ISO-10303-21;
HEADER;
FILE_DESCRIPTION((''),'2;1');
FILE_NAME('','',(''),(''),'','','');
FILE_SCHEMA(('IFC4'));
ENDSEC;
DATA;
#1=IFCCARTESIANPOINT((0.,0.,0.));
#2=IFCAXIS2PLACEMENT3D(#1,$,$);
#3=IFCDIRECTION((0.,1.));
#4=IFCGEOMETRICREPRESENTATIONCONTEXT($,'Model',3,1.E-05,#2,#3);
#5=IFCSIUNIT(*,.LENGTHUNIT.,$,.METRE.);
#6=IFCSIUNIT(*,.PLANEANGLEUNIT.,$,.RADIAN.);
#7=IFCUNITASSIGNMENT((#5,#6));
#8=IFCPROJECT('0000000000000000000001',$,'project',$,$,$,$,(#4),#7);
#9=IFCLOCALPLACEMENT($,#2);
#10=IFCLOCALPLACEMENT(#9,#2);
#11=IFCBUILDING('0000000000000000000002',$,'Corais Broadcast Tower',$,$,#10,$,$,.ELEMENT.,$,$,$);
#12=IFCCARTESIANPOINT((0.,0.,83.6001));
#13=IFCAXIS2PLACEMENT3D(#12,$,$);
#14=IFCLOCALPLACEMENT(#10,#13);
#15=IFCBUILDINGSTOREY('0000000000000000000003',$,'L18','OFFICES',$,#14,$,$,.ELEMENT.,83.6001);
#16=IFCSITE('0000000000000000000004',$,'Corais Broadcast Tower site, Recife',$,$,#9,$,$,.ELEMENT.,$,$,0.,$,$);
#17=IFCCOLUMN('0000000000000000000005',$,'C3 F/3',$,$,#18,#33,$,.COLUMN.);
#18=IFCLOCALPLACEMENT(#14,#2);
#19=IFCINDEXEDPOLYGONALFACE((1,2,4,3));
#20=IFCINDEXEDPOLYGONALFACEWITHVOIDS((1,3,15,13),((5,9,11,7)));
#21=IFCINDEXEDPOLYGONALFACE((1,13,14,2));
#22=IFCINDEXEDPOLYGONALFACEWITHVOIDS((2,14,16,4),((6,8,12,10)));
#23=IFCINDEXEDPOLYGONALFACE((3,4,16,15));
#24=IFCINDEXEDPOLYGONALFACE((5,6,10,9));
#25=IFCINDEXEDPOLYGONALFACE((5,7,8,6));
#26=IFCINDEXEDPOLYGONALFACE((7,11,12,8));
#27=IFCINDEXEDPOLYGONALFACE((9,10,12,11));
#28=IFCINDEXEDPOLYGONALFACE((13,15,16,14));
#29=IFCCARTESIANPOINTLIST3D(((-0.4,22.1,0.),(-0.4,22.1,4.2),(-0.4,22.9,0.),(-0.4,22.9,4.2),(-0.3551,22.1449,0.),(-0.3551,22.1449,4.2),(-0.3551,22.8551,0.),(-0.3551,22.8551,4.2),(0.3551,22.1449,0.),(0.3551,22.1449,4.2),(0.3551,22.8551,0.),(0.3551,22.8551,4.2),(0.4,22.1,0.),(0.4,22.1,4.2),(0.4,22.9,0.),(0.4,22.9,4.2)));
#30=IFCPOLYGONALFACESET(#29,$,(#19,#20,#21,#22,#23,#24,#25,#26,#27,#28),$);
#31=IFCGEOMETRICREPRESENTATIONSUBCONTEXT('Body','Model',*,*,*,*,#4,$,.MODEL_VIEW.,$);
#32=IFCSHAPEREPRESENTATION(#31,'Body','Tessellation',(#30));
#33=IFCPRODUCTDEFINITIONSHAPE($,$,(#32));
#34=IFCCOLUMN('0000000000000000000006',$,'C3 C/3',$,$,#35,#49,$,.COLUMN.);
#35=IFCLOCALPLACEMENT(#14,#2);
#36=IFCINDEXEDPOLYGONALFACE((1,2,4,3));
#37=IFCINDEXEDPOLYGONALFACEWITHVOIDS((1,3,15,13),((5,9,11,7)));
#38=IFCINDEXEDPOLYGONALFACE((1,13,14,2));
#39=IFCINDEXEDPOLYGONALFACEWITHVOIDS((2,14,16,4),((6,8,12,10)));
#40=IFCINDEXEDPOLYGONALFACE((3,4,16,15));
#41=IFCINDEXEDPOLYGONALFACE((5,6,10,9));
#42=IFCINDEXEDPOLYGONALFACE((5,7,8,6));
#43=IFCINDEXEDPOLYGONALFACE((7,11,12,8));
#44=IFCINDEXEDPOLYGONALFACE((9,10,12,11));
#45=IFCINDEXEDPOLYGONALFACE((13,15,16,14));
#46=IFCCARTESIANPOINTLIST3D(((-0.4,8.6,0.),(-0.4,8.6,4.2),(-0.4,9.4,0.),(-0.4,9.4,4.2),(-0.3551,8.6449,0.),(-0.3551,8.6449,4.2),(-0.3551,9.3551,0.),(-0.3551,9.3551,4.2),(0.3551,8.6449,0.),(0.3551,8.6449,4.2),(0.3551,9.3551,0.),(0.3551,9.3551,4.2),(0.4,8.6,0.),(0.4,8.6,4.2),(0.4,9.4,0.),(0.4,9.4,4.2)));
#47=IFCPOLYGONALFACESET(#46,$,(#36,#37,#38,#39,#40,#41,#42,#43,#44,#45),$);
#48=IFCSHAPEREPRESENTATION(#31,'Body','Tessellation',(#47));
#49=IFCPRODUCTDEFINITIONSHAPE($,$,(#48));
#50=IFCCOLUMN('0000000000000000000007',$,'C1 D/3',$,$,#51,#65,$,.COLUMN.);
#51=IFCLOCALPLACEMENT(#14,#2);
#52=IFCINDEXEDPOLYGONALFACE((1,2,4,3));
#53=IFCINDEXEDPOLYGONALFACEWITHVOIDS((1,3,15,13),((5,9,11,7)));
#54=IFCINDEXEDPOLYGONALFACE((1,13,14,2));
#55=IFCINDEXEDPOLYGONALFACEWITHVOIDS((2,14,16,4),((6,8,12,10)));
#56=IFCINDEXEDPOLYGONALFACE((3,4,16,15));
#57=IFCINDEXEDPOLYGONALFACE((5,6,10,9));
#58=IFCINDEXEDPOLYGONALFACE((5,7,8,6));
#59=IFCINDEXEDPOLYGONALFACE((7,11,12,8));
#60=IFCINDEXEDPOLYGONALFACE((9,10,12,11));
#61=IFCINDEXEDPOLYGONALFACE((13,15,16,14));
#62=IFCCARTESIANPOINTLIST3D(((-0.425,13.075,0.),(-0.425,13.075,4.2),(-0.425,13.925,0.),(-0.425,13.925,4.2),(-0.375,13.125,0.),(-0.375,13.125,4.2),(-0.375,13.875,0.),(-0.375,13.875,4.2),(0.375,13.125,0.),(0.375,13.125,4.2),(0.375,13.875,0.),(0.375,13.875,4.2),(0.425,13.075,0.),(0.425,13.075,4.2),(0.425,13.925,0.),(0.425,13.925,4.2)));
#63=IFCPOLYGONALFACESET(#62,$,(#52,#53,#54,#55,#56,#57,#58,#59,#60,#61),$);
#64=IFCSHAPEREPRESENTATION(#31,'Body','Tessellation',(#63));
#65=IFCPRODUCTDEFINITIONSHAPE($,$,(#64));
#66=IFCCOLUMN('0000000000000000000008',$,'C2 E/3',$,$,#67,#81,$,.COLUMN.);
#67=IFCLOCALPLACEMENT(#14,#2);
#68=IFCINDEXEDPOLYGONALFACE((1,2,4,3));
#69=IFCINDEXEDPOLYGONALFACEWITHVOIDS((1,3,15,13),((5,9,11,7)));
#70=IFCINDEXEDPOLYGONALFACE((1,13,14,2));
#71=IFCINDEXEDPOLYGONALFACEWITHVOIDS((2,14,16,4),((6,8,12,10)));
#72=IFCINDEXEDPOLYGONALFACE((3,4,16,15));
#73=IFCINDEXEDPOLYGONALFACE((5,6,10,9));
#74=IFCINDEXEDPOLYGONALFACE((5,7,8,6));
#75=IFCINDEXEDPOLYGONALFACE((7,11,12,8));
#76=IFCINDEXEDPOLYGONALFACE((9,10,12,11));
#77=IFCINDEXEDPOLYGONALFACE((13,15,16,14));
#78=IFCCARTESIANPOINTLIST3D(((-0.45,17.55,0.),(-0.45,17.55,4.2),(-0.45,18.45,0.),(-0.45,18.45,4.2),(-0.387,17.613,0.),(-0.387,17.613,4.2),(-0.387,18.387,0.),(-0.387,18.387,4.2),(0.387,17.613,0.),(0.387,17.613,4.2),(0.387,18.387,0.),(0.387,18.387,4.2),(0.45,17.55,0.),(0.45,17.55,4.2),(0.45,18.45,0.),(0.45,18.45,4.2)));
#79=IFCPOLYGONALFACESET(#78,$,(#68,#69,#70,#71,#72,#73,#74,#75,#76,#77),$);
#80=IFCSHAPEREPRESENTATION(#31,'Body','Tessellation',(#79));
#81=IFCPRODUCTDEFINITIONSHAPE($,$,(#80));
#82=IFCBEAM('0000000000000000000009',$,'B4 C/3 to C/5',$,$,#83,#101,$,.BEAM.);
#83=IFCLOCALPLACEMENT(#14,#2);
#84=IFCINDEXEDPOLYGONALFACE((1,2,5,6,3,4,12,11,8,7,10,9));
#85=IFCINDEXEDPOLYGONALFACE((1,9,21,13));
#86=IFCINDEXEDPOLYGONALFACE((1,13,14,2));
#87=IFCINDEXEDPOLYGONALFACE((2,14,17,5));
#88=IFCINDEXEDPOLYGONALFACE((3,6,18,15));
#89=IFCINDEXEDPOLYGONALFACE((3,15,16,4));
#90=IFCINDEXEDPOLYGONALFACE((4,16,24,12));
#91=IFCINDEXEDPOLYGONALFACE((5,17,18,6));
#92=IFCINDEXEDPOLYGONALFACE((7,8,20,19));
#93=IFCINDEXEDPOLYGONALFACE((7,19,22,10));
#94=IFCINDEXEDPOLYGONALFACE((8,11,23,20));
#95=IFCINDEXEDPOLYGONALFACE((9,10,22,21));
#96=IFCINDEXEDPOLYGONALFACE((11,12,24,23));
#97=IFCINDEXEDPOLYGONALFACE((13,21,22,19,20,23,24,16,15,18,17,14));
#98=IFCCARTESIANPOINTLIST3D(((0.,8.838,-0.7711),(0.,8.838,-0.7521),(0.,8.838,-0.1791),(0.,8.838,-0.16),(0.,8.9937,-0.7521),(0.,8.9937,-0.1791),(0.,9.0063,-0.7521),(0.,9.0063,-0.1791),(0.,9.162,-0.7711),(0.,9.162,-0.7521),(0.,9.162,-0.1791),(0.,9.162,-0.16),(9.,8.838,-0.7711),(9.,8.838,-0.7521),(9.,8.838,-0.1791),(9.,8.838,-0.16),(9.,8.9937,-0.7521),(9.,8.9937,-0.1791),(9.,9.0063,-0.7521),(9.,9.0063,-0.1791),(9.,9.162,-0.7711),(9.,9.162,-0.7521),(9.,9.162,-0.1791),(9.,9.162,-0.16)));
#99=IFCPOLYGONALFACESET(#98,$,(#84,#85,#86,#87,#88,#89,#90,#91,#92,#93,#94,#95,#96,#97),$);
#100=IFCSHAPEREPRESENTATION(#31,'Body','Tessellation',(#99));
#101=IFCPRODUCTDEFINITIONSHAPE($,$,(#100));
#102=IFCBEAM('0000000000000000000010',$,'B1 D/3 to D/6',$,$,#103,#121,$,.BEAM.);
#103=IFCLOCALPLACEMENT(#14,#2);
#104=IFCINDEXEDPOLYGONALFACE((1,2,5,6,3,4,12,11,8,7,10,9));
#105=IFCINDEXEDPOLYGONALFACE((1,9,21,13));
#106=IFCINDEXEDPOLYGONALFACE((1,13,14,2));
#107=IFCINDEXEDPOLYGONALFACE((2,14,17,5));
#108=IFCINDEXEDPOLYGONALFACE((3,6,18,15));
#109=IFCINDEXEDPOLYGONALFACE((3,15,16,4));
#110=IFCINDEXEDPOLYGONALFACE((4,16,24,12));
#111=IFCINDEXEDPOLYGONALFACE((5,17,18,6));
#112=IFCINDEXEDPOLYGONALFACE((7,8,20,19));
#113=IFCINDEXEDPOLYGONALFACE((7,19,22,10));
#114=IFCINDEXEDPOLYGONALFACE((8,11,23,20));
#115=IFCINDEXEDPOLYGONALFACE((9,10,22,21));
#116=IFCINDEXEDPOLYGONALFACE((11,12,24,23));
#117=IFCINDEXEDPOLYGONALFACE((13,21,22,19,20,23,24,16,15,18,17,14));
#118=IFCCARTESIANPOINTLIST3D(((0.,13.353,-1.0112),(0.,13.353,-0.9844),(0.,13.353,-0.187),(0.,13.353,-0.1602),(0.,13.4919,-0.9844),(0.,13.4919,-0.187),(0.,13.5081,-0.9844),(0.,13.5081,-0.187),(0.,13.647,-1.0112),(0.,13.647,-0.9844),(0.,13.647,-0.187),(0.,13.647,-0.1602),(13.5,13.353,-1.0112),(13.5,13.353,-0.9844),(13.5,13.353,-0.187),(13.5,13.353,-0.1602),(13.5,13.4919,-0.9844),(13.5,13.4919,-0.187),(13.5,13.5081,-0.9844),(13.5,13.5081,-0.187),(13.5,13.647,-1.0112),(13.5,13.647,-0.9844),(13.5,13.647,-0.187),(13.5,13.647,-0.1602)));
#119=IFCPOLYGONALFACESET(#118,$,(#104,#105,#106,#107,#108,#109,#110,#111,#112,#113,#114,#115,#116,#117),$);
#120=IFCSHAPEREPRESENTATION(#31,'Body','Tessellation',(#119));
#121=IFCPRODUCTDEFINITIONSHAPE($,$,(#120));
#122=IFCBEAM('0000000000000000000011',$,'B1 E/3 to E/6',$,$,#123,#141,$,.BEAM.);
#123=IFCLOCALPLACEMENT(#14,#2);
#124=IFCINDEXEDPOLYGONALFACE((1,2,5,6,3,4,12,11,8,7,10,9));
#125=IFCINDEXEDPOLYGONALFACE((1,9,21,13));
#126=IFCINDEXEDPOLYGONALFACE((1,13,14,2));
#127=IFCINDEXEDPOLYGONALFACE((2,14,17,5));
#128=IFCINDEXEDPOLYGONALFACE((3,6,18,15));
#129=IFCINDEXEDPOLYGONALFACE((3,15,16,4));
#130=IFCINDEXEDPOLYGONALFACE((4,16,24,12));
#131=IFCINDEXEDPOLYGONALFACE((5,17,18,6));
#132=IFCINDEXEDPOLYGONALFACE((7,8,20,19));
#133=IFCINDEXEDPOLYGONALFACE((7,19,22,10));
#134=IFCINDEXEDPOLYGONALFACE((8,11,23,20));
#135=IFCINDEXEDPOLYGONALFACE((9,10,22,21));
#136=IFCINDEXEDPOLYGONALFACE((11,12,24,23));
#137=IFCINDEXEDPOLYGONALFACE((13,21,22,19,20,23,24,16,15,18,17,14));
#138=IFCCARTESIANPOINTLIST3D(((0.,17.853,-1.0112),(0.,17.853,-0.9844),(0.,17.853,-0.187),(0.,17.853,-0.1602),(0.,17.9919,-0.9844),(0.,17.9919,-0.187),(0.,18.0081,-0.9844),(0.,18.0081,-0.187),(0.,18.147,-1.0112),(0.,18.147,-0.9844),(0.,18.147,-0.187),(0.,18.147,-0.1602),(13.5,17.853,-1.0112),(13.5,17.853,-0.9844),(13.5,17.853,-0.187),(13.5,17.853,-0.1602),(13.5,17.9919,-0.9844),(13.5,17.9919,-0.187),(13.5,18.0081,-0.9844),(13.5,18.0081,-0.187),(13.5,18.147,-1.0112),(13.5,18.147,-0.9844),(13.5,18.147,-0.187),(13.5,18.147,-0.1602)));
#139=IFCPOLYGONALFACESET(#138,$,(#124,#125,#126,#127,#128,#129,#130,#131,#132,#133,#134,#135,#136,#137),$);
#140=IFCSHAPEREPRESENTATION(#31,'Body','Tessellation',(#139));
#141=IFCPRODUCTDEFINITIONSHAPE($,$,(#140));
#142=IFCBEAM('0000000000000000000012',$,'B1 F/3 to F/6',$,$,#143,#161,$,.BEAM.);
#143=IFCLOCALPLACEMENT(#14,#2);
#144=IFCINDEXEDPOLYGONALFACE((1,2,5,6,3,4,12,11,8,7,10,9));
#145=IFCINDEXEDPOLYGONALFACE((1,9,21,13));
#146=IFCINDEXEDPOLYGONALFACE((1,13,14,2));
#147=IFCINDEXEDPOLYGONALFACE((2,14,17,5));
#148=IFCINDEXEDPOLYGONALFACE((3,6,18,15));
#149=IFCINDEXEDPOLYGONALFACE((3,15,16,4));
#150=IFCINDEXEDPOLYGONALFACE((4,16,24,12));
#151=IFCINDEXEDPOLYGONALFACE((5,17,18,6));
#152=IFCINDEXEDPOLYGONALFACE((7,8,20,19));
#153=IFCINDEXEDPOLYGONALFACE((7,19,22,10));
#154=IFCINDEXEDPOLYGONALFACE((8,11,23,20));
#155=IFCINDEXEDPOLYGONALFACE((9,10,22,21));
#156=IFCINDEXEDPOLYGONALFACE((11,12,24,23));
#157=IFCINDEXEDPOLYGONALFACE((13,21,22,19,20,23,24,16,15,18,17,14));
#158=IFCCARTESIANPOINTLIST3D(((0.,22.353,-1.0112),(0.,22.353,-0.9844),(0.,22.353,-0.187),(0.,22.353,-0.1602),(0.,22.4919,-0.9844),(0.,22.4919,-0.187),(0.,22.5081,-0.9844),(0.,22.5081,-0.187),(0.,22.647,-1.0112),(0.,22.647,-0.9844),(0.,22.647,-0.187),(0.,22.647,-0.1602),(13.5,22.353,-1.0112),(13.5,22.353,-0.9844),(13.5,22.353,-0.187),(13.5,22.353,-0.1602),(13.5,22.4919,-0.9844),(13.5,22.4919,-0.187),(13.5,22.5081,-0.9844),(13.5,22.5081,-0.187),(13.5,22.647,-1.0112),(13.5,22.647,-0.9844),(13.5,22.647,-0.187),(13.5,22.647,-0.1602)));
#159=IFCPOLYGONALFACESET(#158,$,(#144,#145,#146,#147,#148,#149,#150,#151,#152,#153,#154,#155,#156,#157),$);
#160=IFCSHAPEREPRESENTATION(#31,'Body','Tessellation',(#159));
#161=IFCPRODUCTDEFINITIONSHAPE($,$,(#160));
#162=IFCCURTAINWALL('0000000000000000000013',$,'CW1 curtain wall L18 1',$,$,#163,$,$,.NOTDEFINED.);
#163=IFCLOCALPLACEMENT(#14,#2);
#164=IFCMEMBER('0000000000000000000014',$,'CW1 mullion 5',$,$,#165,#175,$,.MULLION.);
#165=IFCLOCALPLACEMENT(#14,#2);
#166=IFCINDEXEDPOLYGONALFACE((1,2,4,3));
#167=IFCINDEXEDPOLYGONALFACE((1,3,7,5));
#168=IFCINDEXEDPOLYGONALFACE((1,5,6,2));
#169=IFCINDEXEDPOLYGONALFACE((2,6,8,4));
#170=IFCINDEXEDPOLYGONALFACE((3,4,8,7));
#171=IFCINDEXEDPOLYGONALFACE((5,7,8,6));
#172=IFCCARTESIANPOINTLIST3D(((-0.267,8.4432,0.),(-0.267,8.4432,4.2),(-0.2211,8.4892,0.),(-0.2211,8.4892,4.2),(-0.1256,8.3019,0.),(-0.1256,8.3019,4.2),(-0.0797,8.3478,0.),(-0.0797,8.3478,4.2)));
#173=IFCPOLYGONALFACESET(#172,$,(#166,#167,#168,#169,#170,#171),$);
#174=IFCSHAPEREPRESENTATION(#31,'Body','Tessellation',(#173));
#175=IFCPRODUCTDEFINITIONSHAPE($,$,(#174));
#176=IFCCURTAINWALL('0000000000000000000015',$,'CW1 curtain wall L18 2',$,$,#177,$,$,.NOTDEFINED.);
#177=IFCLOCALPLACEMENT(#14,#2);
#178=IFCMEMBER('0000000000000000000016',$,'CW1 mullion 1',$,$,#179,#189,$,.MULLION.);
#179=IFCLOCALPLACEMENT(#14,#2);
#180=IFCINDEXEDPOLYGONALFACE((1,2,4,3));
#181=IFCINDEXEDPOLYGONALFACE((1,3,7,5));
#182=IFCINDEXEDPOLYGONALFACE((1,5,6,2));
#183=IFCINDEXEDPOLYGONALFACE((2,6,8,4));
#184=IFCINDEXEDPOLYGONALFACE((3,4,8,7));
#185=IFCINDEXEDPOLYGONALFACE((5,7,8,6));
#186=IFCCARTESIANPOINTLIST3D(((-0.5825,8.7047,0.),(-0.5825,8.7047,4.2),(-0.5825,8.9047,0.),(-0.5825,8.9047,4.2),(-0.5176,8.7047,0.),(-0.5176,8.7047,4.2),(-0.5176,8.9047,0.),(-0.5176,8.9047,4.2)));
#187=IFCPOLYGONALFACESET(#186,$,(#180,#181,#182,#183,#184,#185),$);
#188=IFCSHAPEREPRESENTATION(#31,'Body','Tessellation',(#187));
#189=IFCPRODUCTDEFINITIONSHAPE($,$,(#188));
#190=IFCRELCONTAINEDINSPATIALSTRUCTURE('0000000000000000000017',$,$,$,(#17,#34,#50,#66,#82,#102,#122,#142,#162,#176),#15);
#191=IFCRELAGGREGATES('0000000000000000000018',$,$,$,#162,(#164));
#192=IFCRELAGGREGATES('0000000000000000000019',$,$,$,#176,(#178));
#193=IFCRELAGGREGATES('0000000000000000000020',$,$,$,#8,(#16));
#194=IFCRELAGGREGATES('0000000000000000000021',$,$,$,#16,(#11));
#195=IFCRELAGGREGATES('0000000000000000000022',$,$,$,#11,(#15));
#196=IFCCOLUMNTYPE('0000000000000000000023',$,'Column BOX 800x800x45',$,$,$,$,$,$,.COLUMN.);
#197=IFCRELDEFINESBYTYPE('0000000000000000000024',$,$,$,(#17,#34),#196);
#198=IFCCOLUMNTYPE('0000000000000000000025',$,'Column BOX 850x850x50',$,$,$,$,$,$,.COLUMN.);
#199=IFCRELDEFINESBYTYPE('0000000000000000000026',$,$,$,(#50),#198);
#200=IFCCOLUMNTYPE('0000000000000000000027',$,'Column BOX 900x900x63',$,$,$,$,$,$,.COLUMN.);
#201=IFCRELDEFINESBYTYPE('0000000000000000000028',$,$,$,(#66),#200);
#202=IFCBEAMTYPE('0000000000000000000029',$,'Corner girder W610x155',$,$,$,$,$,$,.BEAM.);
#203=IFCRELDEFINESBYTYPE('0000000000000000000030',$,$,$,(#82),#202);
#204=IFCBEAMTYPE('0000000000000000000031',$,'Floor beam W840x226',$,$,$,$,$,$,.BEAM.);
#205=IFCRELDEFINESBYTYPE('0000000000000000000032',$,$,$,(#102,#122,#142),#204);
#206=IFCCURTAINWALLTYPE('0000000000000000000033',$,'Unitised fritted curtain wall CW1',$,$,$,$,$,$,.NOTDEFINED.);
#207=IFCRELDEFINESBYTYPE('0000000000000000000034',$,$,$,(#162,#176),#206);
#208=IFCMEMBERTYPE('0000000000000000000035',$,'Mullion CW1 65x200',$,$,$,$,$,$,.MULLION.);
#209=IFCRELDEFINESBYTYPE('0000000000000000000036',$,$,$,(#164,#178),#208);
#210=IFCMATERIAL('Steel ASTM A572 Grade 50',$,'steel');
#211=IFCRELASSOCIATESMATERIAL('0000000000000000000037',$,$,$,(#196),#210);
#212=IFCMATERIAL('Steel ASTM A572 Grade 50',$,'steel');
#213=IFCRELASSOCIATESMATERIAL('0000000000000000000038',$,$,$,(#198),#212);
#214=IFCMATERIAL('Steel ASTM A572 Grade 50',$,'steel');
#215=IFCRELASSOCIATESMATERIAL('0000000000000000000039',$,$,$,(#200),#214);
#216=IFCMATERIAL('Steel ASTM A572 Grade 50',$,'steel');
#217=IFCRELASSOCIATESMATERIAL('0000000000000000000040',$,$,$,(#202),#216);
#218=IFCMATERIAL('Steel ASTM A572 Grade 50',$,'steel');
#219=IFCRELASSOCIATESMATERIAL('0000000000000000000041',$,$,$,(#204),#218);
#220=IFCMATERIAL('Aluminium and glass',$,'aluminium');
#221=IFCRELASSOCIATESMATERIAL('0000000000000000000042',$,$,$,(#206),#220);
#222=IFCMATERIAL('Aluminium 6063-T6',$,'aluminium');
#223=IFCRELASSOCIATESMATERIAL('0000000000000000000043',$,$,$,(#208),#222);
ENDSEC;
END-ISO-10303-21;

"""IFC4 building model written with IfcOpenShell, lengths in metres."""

from ifc_helpers import new_model, si_unit, direction, frame, origin, origin_2d, place, context, subcontext, project, spatial, rectangle, hollow_rectangle, i_section, extrude, material, material_profile, profile_set, type_object, element, aggregate, save


model = new_model("IFC4")

# Units and contexts
model_context = context("Model", 3, precision=1e-05, world=origin(), true_north=direction((0.0, 1.0)))
body_context = subcontext(model_context, "Body", "Model", "MODEL_VIEW")
ifc_project = project(units=[si_unit("LENGTHUNIT", "METRE"), si_unit("PLANEANGLEUNIT", "RADIAN")], contexts=[model_context])

# Site, building, storey
site_placement = place(None, origin())
site = spatial("IfcSite", under=ifc_project, at=site_placement, Name="Corais Broadcast Tower site, Recife", CompositionType="ELEMENT", RefElevation=0.0)
building_placement = place(site_placement, origin())
building = spatial("IfcBuilding", under=site, at=building_placement, Name="Corais Broadcast Tower", CompositionType="ELEMENT")
storey_placement = place(building_placement, frame((0.0, 0.0, 83.6001)))
storey = spatial("IfcBuildingStorey", under=building, at=storey_placement, Name="L18", Description="OFFICES", CompositionType="ELEMENT", Elevation=83.6001)

# Columns
ifc_material_1 = material(Name="Steel ASTM A572 Grade 50", Category="steel")
ifc_material_profile_1 = material_profile(ifc_material_1, hollow_rectangle(XDim=0.8, YDim=0.8, WallThickness=0.0449, at=origin_2d()), Name="BOX 800x800x45")
ifc_profile_set_1 = profile_set([ifc_material_profile_1], Name="Steel ASTM A572 Grade 50")
column_type_1 = type_object("IfcColumnType", Name="Column BOX 800x800x45", PredefinedType="COLUMN", material=ifc_profile_set_1)
for number, where, z_axis, x_axis, name in (
    (1, (0.0, 22.5, 0.0), (0.0, 0.0, 1.0), (1.0, 0.0, 0.0), "C3 F/3"),
    (2, (0.0, 9.0, 0.0), (0.0, 0.0, 1.0), (1.0, 0.0, 0.0), "C3 C/3"),
):
    element("IfcColumn", number, at=place(storey_placement, frame(where, z_axis=z_axis, x_axis=x_axis)), inside=storey, type_object=column_type_1, Name=name, PredefinedType="COLUMN", context=body_context, shape_type="SweptSolid", body=[
        extrude(hollow_rectangle(XDim=0.8, YDim=0.8, WallThickness=0.0449, at=origin_2d()), origin(), (0.0, 0.0, 1.0), 4.2),
    ])
ifc_material_2 = material(Name="Steel ASTM A572 Grade 50", Category="steel")
ifc_material_profile_2 = material_profile(ifc_material_2, hollow_rectangle(XDim=0.8501, YDim=0.8501, WallThickness=0.05, at=origin_2d()), Name="BOX 850x850x50")
ifc_profile_set_2 = profile_set([ifc_material_profile_2], Name="Steel ASTM A572 Grade 50")
column_type_2 = type_object("IfcColumnType", Name="Column BOX 850x850x50", PredefinedType="COLUMN", material=ifc_profile_set_2)
column_1_placement = place(storey_placement, frame((0.0, 13.5, 0.0), z_axis=(0.0, 0.0, 1.0), x_axis=(1.0, 0.0, 0.0)))
element("IfcColumn", 3, at=column_1_placement, inside=storey, type_object=column_type_2, Name="C1 D/3", PredefinedType="COLUMN", context=body_context, shape_type="SweptSolid", body=[
    extrude(hollow_rectangle(XDim=0.8501, YDim=0.8501, WallThickness=0.05, at=origin_2d()), origin(), (0.0, 0.0, 1.0), 4.2),
])
ifc_material_3 = material(Name="Steel ASTM A572 Grade 50", Category="steel")
ifc_material_profile_3 = material_profile(ifc_material_3, hollow_rectangle(XDim=0.8999, YDim=0.8999, WallThickness=0.063, at=origin_2d()), Name="BOX 900x900x63")
ifc_profile_set_3 = profile_set([ifc_material_profile_3], Name="Steel ASTM A572 Grade 50")
column_type_3 = type_object("IfcColumnType", Name="Column BOX 900x900x63", PredefinedType="COLUMN", material=ifc_profile_set_3)
column_2_placement = place(storey_placement, frame((0.0, 18.0, 0.0), z_axis=(0.0, 0.0, 1.0), x_axis=(1.0, 0.0, 0.0)))
element("IfcColumn", 4, at=column_2_placement, inside=storey, type_object=column_type_3, Name="C2 E/3", PredefinedType="COLUMN", context=body_context, shape_type="SweptSolid", body=[
    extrude(hollow_rectangle(XDim=0.8999, YDim=0.8999, WallThickness=0.063, at=origin_2d()), origin(), (0.0, 0.0, 1.0), 4.2),
])

# Beams
ifc_material_4 = material(Name="Steel ASTM A572 Grade 50", Category="steel")
ifc_material_profile_4 = material_profile(ifc_material_4, i_section(OverallWidth=0.324, OverallDepth=0.6111, WebThickness=0.0127, FlangeThickness=0.019, at=origin_2d()), Name="W610x155")
ifc_profile_set_4 = profile_set([ifc_material_profile_4], Name="Steel ASTM A572 Grade 50")
beam_type_1 = type_object("IfcBeamType", Name="Corner girder W610x155", PredefinedType="BEAM", material=ifc_profile_set_4)
beam_1_placement = place(storey_placement, frame((0.0, 9.0, -0.4656), z_axis=(1.0, 0.0, 0.0), x_axis=(0.0, 1.0, 0.0)))
element("IfcBeam", 5, at=beam_1_placement, inside=storey, type_object=beam_type_1, Name="B4 C/3 to C/5", PredefinedType="BEAM", context=body_context, shape_type="SweptSolid", body=[
    extrude(i_section(OverallWidth=0.324, OverallDepth=0.6111, WebThickness=0.0127, FlangeThickness=0.019, at=origin_2d()), origin(), (0.0, 0.0, 1.0), 9.0),
])
ifc_material_5 = material(Name="Steel ASTM A572 Grade 50", Category="steel")
ifc_material_profile_5 = material_profile(ifc_material_5, i_section(OverallWidth=0.2939, OverallDepth=0.8511, WebThickness=0.0161, FlangeThickness=0.0269, at=origin_2d()), Name="W840x226")
ifc_profile_set_5 = profile_set([ifc_material_profile_5], Name="Steel ASTM A572 Grade 50")
beam_type_2 = type_object("IfcBeamType", Name="Floor beam W840x226", PredefinedType="BEAM", material=ifc_profile_set_5)
for number, where, z_axis, x_axis, name in (
    (6, (0.0, 13.5, -0.5857), (1.0, 0.0, 0.0), (0.0, 1.0, 0.0), "B1 D/3 to D/6"),
    (7, (0.0, 18.0, -0.5857), (1.0, 0.0, 0.0), (0.0, 1.0, 0.0), "B1 E/3 to E/6"),
    (8, (0.0, 22.5, -0.5857), (1.0, 0.0, 0.0), (0.0, 1.0, 0.0), "B1 F/3 to F/6"),
):
    element("IfcBeam", number, at=place(storey_placement, frame(where, z_axis=z_axis, x_axis=x_axis)), inside=storey, type_object=beam_type_2, Name=name, PredefinedType="BEAM", context=body_context, shape_type="SweptSolid", body=[
        extrude(i_section(OverallWidth=0.2939, OverallDepth=0.8511, WebThickness=0.0161, FlangeThickness=0.0269, at=origin_2d()), origin(), (0.0, 0.0, 1.0), 13.5),
    ])

# Curtain wall, member
ifc_material_6 = material(Name="Aluminium and glass", Category="aluminium")
curtain_wall_type = type_object("IfcCurtainWallType", Name="Unitised fritted curtain wall CW1", PredefinedType="NOTDEFINED", material=ifc_material_6)
curtain_wall_1_placement = place(storey_placement, origin())
curtain_wall_1 = element("IfcCurtainWall", 9, at=curtain_wall_1_placement, inside=storey, type_object=curtain_wall_type, Name="CW1 curtain wall L18 1", PredefinedType="NOTDEFINED")
ifc_material_7 = material(Name="Aluminium 6063-T6", Category="aluminium")
ifc_material_profile_6 = material_profile(ifc_material_7, rectangle(XDim=0.0649, YDim=0.2, at=origin_2d()), Name="Mullion CW1 65x200")
ifc_profile_set_6 = profile_set([ifc_material_profile_6], Name="Aluminium 6063-T6")
member_type_1 = type_object("IfcMemberType", Name="Mullion CW1 65x200", PredefinedType="MULLION", material=ifc_profile_set_6)
member_1_placement = place(storey_placement, frame((-0.1733, 8.3955, 0.0), z_axis=(0.0, 0.0, 1.0), x_axis=(-0.707107, -0.707107, 0.0)))
member_1 = element("IfcMember", 10, at=member_1_placement, type_object=member_type_1, Name="CW1 mullion 5", PredefinedType="MULLION", context=body_context, shape_type="SweptSolid", body=[
    extrude(rectangle(XDim=0.0649, YDim=0.2, at=origin_2d()), origin(), (0.0, 0.0, 1.0), 4.2),
])
aggregate(curtain_wall_1, [member_1])

# Curtain wall, member
curtain_wall_2_placement = place(storey_placement, origin())
curtain_wall_2 = element("IfcCurtainWall", 11, at=curtain_wall_2_placement, inside=storey, type_object=curtain_wall_type, Name="CW1 curtain wall L18 2", PredefinedType="NOTDEFINED")
member_2_placement = place(storey_placement, frame((-0.55, 8.8047, 0.0), z_axis=(0.0, 0.0, 1.0), x_axis=(-1.0, 0.0, 0.0)))
member_2 = element("IfcMember", 12, at=member_2_placement, type_object=member_type_1, Name="CW1 mullion 1", PredefinedType="MULLION", context=body_context, shape_type="SweptSolid", body=[
    extrude(rectangle(XDim=0.0649, YDim=0.2, at=origin_2d()), origin(), (0.0, 0.0, 1.0), 4.2),
])

aggregate(curtain_wall_2, [member_2])

save(model, "model.ifc")
